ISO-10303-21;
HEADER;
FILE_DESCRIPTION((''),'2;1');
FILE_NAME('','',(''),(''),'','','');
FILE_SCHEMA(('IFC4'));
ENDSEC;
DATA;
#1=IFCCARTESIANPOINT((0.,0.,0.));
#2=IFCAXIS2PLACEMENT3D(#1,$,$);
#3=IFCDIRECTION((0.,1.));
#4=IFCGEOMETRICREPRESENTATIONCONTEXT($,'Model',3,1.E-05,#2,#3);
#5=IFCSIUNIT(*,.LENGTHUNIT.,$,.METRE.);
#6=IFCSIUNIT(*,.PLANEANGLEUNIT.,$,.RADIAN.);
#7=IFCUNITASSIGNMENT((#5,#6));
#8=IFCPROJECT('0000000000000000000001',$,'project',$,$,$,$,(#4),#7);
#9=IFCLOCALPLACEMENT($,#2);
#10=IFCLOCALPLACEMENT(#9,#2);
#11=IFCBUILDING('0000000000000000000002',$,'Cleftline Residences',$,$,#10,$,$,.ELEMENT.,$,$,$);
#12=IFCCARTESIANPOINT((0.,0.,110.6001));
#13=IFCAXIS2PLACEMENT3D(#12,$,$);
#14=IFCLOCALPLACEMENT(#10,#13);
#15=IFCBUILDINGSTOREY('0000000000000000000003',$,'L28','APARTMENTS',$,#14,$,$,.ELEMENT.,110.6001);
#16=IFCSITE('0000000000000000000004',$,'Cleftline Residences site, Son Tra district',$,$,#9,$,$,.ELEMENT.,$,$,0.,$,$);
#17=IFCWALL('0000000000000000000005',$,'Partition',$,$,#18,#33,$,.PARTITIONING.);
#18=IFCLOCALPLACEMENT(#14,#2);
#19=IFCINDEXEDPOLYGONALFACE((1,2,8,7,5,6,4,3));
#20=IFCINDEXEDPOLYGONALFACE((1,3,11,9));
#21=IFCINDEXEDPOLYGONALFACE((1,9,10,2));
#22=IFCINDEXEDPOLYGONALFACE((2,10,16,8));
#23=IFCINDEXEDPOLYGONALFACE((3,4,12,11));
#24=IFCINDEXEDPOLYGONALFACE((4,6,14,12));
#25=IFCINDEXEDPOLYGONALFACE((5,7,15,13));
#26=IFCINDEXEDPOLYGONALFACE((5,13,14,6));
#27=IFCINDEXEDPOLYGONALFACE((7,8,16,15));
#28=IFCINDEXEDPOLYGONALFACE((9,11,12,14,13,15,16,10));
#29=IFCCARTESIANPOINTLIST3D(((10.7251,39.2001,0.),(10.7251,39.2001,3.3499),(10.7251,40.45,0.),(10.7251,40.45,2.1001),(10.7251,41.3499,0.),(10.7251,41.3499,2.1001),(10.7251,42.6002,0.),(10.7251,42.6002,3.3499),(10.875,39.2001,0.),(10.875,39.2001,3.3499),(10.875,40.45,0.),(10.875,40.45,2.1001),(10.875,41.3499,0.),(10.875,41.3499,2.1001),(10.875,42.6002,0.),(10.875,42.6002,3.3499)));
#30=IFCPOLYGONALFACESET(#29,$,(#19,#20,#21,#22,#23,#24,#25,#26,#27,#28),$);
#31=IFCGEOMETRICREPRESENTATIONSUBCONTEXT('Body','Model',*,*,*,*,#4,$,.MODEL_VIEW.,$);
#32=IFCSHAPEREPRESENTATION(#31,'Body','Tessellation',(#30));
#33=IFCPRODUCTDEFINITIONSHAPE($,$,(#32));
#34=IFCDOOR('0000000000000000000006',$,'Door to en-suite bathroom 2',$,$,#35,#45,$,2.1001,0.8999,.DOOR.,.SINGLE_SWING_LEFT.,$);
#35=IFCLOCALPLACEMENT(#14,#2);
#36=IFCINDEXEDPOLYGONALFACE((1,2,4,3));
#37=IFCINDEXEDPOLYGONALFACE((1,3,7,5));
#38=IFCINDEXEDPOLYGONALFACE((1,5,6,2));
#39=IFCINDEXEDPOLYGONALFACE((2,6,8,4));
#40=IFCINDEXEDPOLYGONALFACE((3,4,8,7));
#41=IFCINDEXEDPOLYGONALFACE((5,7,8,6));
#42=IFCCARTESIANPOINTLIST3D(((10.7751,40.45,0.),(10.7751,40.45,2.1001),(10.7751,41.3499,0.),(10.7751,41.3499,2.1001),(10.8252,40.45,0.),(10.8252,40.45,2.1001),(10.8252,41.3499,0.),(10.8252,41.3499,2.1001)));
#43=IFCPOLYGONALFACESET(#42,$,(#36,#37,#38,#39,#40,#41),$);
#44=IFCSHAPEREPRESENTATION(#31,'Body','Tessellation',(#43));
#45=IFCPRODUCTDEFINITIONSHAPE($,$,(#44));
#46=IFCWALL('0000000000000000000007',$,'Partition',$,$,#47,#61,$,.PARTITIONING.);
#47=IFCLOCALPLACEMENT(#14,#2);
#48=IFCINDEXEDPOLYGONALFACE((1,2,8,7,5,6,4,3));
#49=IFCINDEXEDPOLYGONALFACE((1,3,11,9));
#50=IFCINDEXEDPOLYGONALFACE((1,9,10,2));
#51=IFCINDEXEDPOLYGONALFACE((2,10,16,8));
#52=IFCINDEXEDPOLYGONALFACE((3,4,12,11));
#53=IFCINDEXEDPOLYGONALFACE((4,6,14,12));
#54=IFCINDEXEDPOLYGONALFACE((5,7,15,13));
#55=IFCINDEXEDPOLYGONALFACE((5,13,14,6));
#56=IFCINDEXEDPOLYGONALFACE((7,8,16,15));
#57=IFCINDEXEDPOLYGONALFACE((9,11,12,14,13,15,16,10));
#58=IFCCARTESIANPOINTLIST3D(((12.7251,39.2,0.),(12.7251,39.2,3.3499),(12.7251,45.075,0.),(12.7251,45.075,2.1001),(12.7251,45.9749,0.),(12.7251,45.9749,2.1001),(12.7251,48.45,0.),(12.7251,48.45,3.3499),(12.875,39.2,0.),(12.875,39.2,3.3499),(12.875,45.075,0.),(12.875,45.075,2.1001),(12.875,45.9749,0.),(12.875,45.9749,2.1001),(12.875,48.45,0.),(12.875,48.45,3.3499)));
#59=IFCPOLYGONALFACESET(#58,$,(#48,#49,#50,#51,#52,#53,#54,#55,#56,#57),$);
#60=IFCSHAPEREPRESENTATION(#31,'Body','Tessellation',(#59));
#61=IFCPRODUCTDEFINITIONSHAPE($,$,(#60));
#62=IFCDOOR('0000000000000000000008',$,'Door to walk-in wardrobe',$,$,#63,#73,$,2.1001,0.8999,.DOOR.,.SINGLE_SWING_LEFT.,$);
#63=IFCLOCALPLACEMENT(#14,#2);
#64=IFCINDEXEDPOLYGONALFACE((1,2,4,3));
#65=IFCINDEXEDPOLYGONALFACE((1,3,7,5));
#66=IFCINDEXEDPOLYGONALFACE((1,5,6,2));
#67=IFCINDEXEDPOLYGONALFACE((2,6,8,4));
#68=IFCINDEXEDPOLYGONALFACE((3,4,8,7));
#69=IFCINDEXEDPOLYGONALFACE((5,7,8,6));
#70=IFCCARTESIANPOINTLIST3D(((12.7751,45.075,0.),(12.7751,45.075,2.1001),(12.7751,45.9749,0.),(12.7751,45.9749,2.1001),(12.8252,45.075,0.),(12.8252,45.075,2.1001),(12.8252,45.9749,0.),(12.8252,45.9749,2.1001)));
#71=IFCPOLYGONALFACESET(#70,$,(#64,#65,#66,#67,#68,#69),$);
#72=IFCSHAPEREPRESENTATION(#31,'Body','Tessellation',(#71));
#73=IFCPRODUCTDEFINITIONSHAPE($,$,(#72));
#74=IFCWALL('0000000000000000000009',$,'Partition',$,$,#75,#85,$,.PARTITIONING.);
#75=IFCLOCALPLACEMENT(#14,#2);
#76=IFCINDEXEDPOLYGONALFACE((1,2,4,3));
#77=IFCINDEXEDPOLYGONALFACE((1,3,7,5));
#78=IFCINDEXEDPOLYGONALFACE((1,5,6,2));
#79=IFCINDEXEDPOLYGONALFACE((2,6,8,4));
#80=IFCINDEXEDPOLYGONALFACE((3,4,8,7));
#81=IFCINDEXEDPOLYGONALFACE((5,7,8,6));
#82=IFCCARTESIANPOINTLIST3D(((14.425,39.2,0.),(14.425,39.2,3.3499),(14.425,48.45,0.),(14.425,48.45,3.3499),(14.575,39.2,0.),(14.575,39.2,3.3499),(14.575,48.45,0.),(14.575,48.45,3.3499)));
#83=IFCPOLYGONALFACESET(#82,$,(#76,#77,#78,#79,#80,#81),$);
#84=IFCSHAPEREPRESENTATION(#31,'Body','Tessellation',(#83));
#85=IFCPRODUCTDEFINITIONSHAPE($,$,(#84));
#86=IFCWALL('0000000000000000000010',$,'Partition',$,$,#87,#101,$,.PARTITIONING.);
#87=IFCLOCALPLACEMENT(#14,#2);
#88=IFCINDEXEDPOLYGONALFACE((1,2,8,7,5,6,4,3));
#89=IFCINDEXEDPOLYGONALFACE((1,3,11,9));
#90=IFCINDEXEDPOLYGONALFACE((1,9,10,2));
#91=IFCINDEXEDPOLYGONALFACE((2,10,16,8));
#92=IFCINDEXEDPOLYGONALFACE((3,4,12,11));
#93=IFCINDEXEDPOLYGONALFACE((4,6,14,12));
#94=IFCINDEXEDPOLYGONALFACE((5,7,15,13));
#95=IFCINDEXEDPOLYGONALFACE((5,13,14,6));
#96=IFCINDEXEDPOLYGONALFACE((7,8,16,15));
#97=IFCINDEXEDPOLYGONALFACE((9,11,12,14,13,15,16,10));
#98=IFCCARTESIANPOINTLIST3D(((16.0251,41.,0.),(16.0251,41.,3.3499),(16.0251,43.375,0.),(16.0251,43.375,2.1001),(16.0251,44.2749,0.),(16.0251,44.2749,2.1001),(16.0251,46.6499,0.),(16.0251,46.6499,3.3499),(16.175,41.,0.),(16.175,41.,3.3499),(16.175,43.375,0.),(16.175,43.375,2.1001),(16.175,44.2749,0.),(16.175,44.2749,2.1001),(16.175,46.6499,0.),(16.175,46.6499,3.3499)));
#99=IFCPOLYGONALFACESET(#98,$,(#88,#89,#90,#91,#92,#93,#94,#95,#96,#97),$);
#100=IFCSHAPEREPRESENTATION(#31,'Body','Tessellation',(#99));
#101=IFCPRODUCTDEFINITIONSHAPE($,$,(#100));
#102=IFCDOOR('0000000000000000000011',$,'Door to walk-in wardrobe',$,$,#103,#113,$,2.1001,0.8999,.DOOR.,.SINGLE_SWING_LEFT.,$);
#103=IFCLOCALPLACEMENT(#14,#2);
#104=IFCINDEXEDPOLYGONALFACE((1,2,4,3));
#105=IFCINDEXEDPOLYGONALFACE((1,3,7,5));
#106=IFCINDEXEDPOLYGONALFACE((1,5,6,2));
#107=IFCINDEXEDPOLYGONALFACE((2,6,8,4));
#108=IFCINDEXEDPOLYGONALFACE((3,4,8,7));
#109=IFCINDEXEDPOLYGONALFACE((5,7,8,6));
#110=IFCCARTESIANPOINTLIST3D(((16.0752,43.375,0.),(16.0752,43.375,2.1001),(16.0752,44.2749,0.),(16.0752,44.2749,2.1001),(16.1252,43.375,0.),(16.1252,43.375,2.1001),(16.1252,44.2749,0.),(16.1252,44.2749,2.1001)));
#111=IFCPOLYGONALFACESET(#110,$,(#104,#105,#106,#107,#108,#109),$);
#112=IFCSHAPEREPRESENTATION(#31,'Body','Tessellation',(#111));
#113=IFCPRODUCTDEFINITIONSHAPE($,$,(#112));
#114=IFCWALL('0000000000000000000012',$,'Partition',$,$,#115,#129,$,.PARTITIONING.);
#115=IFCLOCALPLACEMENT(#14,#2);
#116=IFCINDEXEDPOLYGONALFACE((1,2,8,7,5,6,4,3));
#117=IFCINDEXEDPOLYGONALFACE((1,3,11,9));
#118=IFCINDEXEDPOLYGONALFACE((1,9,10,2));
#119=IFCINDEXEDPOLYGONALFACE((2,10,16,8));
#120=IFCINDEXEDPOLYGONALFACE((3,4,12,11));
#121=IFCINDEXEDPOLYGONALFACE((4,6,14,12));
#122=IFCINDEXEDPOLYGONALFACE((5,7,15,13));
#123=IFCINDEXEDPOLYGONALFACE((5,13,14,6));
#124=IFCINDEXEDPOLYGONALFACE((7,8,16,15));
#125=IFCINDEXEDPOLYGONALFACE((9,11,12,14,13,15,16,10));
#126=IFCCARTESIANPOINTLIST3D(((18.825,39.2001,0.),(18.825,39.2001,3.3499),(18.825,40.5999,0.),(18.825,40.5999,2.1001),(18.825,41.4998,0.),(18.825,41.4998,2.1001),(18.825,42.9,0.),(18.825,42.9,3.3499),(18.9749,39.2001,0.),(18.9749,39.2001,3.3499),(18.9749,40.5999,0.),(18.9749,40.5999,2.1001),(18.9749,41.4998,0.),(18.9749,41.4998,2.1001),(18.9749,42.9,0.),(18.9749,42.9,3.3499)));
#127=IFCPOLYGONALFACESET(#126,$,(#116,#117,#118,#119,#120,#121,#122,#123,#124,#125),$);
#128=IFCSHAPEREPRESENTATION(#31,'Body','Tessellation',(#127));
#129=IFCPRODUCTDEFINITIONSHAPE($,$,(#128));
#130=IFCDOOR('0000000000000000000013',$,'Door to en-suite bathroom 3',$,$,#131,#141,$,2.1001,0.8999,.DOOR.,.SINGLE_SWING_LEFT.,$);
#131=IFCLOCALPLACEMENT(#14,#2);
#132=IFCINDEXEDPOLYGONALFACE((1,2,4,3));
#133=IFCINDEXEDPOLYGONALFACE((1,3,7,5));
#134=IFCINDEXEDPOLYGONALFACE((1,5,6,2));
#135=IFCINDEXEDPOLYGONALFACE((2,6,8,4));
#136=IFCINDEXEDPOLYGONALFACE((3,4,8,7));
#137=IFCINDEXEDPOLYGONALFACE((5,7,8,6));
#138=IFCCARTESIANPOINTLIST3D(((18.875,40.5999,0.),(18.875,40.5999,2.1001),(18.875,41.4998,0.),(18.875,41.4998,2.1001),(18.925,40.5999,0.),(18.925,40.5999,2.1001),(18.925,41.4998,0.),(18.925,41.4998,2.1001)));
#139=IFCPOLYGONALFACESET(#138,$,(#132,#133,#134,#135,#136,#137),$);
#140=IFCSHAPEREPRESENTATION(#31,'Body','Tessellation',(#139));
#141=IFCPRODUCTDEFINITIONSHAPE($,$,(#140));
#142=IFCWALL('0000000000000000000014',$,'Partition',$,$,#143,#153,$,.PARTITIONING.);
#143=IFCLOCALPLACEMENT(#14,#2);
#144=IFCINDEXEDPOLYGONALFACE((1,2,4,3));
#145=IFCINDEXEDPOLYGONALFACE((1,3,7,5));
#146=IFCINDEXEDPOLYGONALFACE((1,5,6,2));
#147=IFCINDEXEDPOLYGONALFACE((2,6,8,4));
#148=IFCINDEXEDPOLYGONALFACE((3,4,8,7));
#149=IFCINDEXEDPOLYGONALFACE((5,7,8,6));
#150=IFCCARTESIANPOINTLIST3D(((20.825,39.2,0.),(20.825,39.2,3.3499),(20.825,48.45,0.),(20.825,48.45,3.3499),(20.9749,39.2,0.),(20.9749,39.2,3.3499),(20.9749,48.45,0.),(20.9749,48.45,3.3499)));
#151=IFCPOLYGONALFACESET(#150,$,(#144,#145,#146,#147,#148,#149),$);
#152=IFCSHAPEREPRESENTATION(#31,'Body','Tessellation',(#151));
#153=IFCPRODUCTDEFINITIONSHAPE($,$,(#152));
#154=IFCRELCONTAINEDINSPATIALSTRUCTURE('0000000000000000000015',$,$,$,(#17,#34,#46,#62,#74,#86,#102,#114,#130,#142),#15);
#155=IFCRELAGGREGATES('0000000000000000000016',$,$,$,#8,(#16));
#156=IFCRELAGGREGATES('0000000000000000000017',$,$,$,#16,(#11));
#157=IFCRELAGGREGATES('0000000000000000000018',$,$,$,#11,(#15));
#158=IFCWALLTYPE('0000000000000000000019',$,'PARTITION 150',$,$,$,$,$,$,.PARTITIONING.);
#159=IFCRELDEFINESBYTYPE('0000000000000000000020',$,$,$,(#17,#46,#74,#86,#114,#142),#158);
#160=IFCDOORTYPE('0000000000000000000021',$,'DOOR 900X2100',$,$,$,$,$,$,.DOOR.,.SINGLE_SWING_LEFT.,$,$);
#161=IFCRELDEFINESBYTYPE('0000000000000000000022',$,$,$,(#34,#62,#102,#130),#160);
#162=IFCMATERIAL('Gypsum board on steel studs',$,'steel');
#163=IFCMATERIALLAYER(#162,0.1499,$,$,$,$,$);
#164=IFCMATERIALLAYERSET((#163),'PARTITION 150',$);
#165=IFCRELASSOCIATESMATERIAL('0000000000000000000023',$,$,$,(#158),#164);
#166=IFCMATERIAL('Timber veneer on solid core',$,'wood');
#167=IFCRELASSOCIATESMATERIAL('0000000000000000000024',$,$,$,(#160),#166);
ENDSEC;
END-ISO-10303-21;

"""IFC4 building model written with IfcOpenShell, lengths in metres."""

from ifc_helpers import new_model, si_unit, direction, frame, frame_2d, origin, place, context, subcontext, project, spatial, rectangle, extrude, material, layer, layer_set, type_object, element, fill, save


model = new_model("IFC4")

# Units and contexts
model_context = context("Model", 3, precision=1e-05, world=origin(), true_north=direction((0.0, 1.0)))
body_context = subcontext(model_context, "Body", "Model", "MODEL_VIEW")
ifc_project = project(units=[si_unit("LENGTHUNIT", "METRE"), si_unit("PLANEANGLEUNIT", "RADIAN")], contexts=[model_context])

# Site, building, storey
site_placement = place(None, origin())
site = spatial("IfcSite", under=ifc_project, at=site_placement, Name="Cleftline Residences site, Son Tra district", CompositionType="ELEMENT", RefElevation=0.0)
building_placement = place(site_placement, origin())
building = spatial("IfcBuilding", under=site, at=building_placement, Name="Cleftline Residences", CompositionType="ELEMENT")
storey_placement = place(building_placement, frame((0.0, 0.0, 110.6001)))
storey = spatial("IfcBuildingStorey", under=building, at=storey_placement, Name="L28", Description="APARTMENTS", CompositionType="ELEMENT", Elevation=110.6001)

# Shared definitions
ifc_material_1 = material(Name="Gypsum board on steel studs", Category="steel")
ifc_layer = layer(ifc_material_1, 0.1499)
ifc_layer_set = layer_set([ifc_layer], Name="PARTITION 150")
wall_type = type_object("IfcWallType", Name="PARTITION 150", PredefinedType="PARTITIONING", material=ifc_layer_set)

# Walls, openings, doors
wall_1_placement = place(storey_placement, frame((10.8, 39.2, 0.0), z_axis=(0.0, 0.0, 1.0), x_axis=(0.0, 1.0, 0.0)))
wall_1 = element("IfcWall", 1, at=wall_1_placement, inside=storey, type_object=wall_type, Name="Partition", PredefinedType="PARTITIONING", context=body_context, shape_type="SweptSolid", body=[
    extrude(rectangle(XDim=3.4001, YDim=0.1499, at=frame_2d((1.7002, 0.0))), origin(), (0.0, 0.0, 1.0), 3.3499),
])
opening_1_placement = place(wall_1_placement, frame((1.25, 0.0, 0.0)))
opening_1 = element("IfcOpeningElement", 2, at=opening_1_placement, cuts=wall_1, PredefinedType="OPENING", context=body_context, shape_type="SweptSolid", body=[
    extrude(rectangle(XDim=0.8999, YDim=2.1001, at=frame_2d((0.45, 1.05))), frame((0.0, 0.085, 0.0), z_axis=(0.0, -1.0, 0.0), x_axis=(1.0, 0.0, 0.0)), (0.0, 0.0, 1.0), 0.1699),
])
ifc_material_2 = material(Name="Timber veneer on solid core", Category="wood")
door_type_1 = type_object("IfcDoorType", Name="DOOR 900X2100", OperationType="SINGLE_SWING_LEFT", PredefinedType="DOOR", material=ifc_material_2)
door_1_placement = place(opening_1_placement, origin())
door_1 = element("IfcDoor", 3, at=door_1_placement, inside=storey, type_object=door_type_1, Name="Door to en-suite bathroom 2", OperationType="SINGLE_SWING_LEFT", OverallHeight=2.1001, OverallWidth=0.8999, PredefinedType="DOOR", context=body_context, shape_type="SweptSolid", body=[
    extrude(rectangle(XDim=0.8999, YDim=2.1001, at=frame_2d((0.45, 1.05))), frame((0.0, 0.0249, 0.0), z_axis=(0.0, -1.0, 0.0), x_axis=(1.0, 0.0, 0.0)), (0.0, 0.0, 1.0), 0.05),
])
fill(opening_1, door_1)
wall_2_placement = place(storey_placement, frame((12.8, 39.2, 0.0), z_axis=(0.0, 0.0, 1.0), x_axis=(0.0, 1.0, 0.0)))
wall_2 = element("IfcWall", 4, at=wall_2_placement, inside=storey, type_object=wall_type, Name="Partition", PredefinedType="PARTITIONING", context=body_context, shape_type="SweptSolid", body=[
    extrude(rectangle(XDim=9.25, YDim=0.1499, at=frame_2d((4.625, 0.0))), origin(), (0.0, 0.0, 1.0), 3.3499),
])
opening_2_placement = place(wall_2_placement, frame((5.875, 0.0, 0.0)))
opening_2 = element("IfcOpeningElement", 5, at=opening_2_placement, cuts=wall_2, PredefinedType="OPENING", context=body_context, shape_type="SweptSolid", body=[
    extrude(rectangle(XDim=0.8999, YDim=2.1001, at=frame_2d((0.45, 1.05))), frame((0.0, 0.085, 0.0), z_axis=(0.0, -1.0, 0.0), x_axis=(1.0, 0.0, 0.0)), (0.0, 0.0, 1.0), 0.1699),
])
door_2_placement = place(opening_2_placement, origin())
door_2 = element("IfcDoor", 6, at=door_2_placement, inside=storey, type_object=door_type_1, Name="Door to walk-in wardrobe", OperationType="SINGLE_SWING_LEFT", OverallHeight=2.1001, OverallWidth=0.8999, PredefinedType="DOOR", context=body_context, shape_type="SweptSolid", body=[
    extrude(rectangle(XDim=0.8999, YDim=2.1001, at=frame_2d((0.45, 1.05))), frame((0.0, 0.0249, 0.0), z_axis=(0.0, -1.0, 0.0), x_axis=(1.0, 0.0, 0.0)), (0.0, 0.0, 1.0), 0.05),
])
fill(opening_2, door_2)

# Wall
wall_3_placement = place(storey_placement, frame((14.5, 39.2, 0.0), z_axis=(0.0, 0.0, 1.0), x_axis=(0.0, 1.0, 0.0)))
element("IfcWall", 7, at=wall_3_placement, inside=storey, type_object=wall_type, Name="Partition", PredefinedType="PARTITIONING", context=body_context, shape_type="SweptSolid", body=[
    extrude(rectangle(XDim=9.25, YDim=0.1499, at=frame_2d((4.625, 0.0))), origin(), (0.0, 0.0, 1.0), 3.3499),
])

# Walls, openings, doors
wall_4_placement = place(storey_placement, frame((16.1001, 41.0, 0.0), z_axis=(0.0, 0.0, 1.0), x_axis=(0.0, 1.0, 0.0)))
wall_4 = element("IfcWall", 8, at=wall_4_placement, inside=storey, type_object=wall_type, Name="Partition", PredefinedType="PARTITIONING", context=body_context, shape_type="SweptSolid", body=[
    extrude(rectangle(XDim=5.6499, YDim=0.1499, at=frame_2d((2.825, 0.0))), origin(), (0.0, 0.0, 1.0), 3.3499),
])
opening_3_placement = place(wall_4_placement, frame((2.375, 0.0, 0.0)))
opening_3 = element("IfcOpeningElement", 9, at=opening_3_placement, cuts=wall_4, PredefinedType="OPENING", context=body_context, shape_type="SweptSolid", body=[
    extrude(rectangle(XDim=0.8999, YDim=2.1001, at=frame_2d((0.45, 1.05))), frame((0.0, 0.085, 0.0), z_axis=(0.0, -1.0, 0.0), x_axis=(1.0, 0.0, 0.0)), (0.0, 0.0, 1.0), 0.1699),
])
door_3_placement = place(opening_3_placement, origin())
door_3 = element("IfcDoor", 10, at=door_3_placement, inside=storey, type_object=door_type_1, Name="Door to walk-in wardrobe", OperationType="SINGLE_SWING_LEFT", OverallHeight=2.1001, OverallWidth=0.8999, PredefinedType="DOOR", context=body_context, shape_type="SweptSolid", body=[
    extrude(rectangle(XDim=0.8999, YDim=2.1001, at=frame_2d((0.45, 1.05))), frame((0.0, 0.0249, 0.0), z_axis=(0.0, -1.0, 0.0), x_axis=(1.0, 0.0, 0.0)), (0.0, 0.0, 1.0), 0.05),
])
fill(opening_3, door_3)
wall_5_placement = place(storey_placement, frame((18.8999, 39.2, 0.0), z_axis=(0.0, 0.0, 1.0), x_axis=(0.0, 1.0, 0.0)))
wall_5 = element("IfcWall", 11, at=wall_5_placement, inside=storey, type_object=wall_type, Name="Partition", PredefinedType="PARTITIONING", context=body_context, shape_type="SweptSolid", body=[
    extrude(rectangle(XDim=3.7, YDim=0.1499, at=frame_2d((1.8501, 0.0))), origin(), (0.0, 0.0, 1.0), 3.3499),
])
opening_4_placement = place(wall_5_placement, frame((1.3999, 0.0, 0.0)))
opening_4 = element("IfcOpeningElement", 12, at=opening_4_placement, cuts=wall_5, PredefinedType="OPENING", context=body_context, shape_type="SweptSolid", body=[
    extrude(rectangle(XDim=0.8999, YDim=2.1001, at=frame_2d((0.45, 1.05))), frame((0.0, 0.085, 0.0), z_axis=(0.0, -1.0, 0.0), x_axis=(1.0, 0.0, 0.0)), (0.0, 0.0, 1.0), 0.1699),
])
door_4_placement = place(opening_4_placement, origin())
door_4 = element("IfcDoor", 13, at=door_4_placement, inside=storey, type_object=door_type_1, Name="Door to en-suite bathroom 3", OperationType="SINGLE_SWING_LEFT", OverallHeight=2.1001, OverallWidth=0.8999, PredefinedType="DOOR", context=body_context, shape_type="SweptSolid", body=[
    extrude(rectangle(XDim=0.8999, YDim=2.1001, at=frame_2d((0.45, 1.05))), frame((0.0, 0.0249, 0.0), z_axis=(0.0, -1.0, 0.0), x_axis=(1.0, 0.0, 0.0)), (0.0, 0.0, 1.0), 0.05),
])
fill(opening_4, door_4)

# Wall
wall_6_placement = place(storey_placement, frame((20.8999, 39.2, 0.0), z_axis=(0.0, 0.0, 1.0), x_axis=(0.0, 1.0, 0.0)))
element("IfcWall", 14, at=wall_6_placement, inside=storey, type_object=wall_type, Name="Partition", PredefinedType="PARTITIONING", context=body_context, shape_type="SweptSolid", body=[
    extrude(rectangle(XDim=9.25, YDim=0.1499, at=frame_2d((4.625, 0.0))), origin(), (0.0, 0.0, 1.0), 3.3499),
])

save(model, "model.ifc")
